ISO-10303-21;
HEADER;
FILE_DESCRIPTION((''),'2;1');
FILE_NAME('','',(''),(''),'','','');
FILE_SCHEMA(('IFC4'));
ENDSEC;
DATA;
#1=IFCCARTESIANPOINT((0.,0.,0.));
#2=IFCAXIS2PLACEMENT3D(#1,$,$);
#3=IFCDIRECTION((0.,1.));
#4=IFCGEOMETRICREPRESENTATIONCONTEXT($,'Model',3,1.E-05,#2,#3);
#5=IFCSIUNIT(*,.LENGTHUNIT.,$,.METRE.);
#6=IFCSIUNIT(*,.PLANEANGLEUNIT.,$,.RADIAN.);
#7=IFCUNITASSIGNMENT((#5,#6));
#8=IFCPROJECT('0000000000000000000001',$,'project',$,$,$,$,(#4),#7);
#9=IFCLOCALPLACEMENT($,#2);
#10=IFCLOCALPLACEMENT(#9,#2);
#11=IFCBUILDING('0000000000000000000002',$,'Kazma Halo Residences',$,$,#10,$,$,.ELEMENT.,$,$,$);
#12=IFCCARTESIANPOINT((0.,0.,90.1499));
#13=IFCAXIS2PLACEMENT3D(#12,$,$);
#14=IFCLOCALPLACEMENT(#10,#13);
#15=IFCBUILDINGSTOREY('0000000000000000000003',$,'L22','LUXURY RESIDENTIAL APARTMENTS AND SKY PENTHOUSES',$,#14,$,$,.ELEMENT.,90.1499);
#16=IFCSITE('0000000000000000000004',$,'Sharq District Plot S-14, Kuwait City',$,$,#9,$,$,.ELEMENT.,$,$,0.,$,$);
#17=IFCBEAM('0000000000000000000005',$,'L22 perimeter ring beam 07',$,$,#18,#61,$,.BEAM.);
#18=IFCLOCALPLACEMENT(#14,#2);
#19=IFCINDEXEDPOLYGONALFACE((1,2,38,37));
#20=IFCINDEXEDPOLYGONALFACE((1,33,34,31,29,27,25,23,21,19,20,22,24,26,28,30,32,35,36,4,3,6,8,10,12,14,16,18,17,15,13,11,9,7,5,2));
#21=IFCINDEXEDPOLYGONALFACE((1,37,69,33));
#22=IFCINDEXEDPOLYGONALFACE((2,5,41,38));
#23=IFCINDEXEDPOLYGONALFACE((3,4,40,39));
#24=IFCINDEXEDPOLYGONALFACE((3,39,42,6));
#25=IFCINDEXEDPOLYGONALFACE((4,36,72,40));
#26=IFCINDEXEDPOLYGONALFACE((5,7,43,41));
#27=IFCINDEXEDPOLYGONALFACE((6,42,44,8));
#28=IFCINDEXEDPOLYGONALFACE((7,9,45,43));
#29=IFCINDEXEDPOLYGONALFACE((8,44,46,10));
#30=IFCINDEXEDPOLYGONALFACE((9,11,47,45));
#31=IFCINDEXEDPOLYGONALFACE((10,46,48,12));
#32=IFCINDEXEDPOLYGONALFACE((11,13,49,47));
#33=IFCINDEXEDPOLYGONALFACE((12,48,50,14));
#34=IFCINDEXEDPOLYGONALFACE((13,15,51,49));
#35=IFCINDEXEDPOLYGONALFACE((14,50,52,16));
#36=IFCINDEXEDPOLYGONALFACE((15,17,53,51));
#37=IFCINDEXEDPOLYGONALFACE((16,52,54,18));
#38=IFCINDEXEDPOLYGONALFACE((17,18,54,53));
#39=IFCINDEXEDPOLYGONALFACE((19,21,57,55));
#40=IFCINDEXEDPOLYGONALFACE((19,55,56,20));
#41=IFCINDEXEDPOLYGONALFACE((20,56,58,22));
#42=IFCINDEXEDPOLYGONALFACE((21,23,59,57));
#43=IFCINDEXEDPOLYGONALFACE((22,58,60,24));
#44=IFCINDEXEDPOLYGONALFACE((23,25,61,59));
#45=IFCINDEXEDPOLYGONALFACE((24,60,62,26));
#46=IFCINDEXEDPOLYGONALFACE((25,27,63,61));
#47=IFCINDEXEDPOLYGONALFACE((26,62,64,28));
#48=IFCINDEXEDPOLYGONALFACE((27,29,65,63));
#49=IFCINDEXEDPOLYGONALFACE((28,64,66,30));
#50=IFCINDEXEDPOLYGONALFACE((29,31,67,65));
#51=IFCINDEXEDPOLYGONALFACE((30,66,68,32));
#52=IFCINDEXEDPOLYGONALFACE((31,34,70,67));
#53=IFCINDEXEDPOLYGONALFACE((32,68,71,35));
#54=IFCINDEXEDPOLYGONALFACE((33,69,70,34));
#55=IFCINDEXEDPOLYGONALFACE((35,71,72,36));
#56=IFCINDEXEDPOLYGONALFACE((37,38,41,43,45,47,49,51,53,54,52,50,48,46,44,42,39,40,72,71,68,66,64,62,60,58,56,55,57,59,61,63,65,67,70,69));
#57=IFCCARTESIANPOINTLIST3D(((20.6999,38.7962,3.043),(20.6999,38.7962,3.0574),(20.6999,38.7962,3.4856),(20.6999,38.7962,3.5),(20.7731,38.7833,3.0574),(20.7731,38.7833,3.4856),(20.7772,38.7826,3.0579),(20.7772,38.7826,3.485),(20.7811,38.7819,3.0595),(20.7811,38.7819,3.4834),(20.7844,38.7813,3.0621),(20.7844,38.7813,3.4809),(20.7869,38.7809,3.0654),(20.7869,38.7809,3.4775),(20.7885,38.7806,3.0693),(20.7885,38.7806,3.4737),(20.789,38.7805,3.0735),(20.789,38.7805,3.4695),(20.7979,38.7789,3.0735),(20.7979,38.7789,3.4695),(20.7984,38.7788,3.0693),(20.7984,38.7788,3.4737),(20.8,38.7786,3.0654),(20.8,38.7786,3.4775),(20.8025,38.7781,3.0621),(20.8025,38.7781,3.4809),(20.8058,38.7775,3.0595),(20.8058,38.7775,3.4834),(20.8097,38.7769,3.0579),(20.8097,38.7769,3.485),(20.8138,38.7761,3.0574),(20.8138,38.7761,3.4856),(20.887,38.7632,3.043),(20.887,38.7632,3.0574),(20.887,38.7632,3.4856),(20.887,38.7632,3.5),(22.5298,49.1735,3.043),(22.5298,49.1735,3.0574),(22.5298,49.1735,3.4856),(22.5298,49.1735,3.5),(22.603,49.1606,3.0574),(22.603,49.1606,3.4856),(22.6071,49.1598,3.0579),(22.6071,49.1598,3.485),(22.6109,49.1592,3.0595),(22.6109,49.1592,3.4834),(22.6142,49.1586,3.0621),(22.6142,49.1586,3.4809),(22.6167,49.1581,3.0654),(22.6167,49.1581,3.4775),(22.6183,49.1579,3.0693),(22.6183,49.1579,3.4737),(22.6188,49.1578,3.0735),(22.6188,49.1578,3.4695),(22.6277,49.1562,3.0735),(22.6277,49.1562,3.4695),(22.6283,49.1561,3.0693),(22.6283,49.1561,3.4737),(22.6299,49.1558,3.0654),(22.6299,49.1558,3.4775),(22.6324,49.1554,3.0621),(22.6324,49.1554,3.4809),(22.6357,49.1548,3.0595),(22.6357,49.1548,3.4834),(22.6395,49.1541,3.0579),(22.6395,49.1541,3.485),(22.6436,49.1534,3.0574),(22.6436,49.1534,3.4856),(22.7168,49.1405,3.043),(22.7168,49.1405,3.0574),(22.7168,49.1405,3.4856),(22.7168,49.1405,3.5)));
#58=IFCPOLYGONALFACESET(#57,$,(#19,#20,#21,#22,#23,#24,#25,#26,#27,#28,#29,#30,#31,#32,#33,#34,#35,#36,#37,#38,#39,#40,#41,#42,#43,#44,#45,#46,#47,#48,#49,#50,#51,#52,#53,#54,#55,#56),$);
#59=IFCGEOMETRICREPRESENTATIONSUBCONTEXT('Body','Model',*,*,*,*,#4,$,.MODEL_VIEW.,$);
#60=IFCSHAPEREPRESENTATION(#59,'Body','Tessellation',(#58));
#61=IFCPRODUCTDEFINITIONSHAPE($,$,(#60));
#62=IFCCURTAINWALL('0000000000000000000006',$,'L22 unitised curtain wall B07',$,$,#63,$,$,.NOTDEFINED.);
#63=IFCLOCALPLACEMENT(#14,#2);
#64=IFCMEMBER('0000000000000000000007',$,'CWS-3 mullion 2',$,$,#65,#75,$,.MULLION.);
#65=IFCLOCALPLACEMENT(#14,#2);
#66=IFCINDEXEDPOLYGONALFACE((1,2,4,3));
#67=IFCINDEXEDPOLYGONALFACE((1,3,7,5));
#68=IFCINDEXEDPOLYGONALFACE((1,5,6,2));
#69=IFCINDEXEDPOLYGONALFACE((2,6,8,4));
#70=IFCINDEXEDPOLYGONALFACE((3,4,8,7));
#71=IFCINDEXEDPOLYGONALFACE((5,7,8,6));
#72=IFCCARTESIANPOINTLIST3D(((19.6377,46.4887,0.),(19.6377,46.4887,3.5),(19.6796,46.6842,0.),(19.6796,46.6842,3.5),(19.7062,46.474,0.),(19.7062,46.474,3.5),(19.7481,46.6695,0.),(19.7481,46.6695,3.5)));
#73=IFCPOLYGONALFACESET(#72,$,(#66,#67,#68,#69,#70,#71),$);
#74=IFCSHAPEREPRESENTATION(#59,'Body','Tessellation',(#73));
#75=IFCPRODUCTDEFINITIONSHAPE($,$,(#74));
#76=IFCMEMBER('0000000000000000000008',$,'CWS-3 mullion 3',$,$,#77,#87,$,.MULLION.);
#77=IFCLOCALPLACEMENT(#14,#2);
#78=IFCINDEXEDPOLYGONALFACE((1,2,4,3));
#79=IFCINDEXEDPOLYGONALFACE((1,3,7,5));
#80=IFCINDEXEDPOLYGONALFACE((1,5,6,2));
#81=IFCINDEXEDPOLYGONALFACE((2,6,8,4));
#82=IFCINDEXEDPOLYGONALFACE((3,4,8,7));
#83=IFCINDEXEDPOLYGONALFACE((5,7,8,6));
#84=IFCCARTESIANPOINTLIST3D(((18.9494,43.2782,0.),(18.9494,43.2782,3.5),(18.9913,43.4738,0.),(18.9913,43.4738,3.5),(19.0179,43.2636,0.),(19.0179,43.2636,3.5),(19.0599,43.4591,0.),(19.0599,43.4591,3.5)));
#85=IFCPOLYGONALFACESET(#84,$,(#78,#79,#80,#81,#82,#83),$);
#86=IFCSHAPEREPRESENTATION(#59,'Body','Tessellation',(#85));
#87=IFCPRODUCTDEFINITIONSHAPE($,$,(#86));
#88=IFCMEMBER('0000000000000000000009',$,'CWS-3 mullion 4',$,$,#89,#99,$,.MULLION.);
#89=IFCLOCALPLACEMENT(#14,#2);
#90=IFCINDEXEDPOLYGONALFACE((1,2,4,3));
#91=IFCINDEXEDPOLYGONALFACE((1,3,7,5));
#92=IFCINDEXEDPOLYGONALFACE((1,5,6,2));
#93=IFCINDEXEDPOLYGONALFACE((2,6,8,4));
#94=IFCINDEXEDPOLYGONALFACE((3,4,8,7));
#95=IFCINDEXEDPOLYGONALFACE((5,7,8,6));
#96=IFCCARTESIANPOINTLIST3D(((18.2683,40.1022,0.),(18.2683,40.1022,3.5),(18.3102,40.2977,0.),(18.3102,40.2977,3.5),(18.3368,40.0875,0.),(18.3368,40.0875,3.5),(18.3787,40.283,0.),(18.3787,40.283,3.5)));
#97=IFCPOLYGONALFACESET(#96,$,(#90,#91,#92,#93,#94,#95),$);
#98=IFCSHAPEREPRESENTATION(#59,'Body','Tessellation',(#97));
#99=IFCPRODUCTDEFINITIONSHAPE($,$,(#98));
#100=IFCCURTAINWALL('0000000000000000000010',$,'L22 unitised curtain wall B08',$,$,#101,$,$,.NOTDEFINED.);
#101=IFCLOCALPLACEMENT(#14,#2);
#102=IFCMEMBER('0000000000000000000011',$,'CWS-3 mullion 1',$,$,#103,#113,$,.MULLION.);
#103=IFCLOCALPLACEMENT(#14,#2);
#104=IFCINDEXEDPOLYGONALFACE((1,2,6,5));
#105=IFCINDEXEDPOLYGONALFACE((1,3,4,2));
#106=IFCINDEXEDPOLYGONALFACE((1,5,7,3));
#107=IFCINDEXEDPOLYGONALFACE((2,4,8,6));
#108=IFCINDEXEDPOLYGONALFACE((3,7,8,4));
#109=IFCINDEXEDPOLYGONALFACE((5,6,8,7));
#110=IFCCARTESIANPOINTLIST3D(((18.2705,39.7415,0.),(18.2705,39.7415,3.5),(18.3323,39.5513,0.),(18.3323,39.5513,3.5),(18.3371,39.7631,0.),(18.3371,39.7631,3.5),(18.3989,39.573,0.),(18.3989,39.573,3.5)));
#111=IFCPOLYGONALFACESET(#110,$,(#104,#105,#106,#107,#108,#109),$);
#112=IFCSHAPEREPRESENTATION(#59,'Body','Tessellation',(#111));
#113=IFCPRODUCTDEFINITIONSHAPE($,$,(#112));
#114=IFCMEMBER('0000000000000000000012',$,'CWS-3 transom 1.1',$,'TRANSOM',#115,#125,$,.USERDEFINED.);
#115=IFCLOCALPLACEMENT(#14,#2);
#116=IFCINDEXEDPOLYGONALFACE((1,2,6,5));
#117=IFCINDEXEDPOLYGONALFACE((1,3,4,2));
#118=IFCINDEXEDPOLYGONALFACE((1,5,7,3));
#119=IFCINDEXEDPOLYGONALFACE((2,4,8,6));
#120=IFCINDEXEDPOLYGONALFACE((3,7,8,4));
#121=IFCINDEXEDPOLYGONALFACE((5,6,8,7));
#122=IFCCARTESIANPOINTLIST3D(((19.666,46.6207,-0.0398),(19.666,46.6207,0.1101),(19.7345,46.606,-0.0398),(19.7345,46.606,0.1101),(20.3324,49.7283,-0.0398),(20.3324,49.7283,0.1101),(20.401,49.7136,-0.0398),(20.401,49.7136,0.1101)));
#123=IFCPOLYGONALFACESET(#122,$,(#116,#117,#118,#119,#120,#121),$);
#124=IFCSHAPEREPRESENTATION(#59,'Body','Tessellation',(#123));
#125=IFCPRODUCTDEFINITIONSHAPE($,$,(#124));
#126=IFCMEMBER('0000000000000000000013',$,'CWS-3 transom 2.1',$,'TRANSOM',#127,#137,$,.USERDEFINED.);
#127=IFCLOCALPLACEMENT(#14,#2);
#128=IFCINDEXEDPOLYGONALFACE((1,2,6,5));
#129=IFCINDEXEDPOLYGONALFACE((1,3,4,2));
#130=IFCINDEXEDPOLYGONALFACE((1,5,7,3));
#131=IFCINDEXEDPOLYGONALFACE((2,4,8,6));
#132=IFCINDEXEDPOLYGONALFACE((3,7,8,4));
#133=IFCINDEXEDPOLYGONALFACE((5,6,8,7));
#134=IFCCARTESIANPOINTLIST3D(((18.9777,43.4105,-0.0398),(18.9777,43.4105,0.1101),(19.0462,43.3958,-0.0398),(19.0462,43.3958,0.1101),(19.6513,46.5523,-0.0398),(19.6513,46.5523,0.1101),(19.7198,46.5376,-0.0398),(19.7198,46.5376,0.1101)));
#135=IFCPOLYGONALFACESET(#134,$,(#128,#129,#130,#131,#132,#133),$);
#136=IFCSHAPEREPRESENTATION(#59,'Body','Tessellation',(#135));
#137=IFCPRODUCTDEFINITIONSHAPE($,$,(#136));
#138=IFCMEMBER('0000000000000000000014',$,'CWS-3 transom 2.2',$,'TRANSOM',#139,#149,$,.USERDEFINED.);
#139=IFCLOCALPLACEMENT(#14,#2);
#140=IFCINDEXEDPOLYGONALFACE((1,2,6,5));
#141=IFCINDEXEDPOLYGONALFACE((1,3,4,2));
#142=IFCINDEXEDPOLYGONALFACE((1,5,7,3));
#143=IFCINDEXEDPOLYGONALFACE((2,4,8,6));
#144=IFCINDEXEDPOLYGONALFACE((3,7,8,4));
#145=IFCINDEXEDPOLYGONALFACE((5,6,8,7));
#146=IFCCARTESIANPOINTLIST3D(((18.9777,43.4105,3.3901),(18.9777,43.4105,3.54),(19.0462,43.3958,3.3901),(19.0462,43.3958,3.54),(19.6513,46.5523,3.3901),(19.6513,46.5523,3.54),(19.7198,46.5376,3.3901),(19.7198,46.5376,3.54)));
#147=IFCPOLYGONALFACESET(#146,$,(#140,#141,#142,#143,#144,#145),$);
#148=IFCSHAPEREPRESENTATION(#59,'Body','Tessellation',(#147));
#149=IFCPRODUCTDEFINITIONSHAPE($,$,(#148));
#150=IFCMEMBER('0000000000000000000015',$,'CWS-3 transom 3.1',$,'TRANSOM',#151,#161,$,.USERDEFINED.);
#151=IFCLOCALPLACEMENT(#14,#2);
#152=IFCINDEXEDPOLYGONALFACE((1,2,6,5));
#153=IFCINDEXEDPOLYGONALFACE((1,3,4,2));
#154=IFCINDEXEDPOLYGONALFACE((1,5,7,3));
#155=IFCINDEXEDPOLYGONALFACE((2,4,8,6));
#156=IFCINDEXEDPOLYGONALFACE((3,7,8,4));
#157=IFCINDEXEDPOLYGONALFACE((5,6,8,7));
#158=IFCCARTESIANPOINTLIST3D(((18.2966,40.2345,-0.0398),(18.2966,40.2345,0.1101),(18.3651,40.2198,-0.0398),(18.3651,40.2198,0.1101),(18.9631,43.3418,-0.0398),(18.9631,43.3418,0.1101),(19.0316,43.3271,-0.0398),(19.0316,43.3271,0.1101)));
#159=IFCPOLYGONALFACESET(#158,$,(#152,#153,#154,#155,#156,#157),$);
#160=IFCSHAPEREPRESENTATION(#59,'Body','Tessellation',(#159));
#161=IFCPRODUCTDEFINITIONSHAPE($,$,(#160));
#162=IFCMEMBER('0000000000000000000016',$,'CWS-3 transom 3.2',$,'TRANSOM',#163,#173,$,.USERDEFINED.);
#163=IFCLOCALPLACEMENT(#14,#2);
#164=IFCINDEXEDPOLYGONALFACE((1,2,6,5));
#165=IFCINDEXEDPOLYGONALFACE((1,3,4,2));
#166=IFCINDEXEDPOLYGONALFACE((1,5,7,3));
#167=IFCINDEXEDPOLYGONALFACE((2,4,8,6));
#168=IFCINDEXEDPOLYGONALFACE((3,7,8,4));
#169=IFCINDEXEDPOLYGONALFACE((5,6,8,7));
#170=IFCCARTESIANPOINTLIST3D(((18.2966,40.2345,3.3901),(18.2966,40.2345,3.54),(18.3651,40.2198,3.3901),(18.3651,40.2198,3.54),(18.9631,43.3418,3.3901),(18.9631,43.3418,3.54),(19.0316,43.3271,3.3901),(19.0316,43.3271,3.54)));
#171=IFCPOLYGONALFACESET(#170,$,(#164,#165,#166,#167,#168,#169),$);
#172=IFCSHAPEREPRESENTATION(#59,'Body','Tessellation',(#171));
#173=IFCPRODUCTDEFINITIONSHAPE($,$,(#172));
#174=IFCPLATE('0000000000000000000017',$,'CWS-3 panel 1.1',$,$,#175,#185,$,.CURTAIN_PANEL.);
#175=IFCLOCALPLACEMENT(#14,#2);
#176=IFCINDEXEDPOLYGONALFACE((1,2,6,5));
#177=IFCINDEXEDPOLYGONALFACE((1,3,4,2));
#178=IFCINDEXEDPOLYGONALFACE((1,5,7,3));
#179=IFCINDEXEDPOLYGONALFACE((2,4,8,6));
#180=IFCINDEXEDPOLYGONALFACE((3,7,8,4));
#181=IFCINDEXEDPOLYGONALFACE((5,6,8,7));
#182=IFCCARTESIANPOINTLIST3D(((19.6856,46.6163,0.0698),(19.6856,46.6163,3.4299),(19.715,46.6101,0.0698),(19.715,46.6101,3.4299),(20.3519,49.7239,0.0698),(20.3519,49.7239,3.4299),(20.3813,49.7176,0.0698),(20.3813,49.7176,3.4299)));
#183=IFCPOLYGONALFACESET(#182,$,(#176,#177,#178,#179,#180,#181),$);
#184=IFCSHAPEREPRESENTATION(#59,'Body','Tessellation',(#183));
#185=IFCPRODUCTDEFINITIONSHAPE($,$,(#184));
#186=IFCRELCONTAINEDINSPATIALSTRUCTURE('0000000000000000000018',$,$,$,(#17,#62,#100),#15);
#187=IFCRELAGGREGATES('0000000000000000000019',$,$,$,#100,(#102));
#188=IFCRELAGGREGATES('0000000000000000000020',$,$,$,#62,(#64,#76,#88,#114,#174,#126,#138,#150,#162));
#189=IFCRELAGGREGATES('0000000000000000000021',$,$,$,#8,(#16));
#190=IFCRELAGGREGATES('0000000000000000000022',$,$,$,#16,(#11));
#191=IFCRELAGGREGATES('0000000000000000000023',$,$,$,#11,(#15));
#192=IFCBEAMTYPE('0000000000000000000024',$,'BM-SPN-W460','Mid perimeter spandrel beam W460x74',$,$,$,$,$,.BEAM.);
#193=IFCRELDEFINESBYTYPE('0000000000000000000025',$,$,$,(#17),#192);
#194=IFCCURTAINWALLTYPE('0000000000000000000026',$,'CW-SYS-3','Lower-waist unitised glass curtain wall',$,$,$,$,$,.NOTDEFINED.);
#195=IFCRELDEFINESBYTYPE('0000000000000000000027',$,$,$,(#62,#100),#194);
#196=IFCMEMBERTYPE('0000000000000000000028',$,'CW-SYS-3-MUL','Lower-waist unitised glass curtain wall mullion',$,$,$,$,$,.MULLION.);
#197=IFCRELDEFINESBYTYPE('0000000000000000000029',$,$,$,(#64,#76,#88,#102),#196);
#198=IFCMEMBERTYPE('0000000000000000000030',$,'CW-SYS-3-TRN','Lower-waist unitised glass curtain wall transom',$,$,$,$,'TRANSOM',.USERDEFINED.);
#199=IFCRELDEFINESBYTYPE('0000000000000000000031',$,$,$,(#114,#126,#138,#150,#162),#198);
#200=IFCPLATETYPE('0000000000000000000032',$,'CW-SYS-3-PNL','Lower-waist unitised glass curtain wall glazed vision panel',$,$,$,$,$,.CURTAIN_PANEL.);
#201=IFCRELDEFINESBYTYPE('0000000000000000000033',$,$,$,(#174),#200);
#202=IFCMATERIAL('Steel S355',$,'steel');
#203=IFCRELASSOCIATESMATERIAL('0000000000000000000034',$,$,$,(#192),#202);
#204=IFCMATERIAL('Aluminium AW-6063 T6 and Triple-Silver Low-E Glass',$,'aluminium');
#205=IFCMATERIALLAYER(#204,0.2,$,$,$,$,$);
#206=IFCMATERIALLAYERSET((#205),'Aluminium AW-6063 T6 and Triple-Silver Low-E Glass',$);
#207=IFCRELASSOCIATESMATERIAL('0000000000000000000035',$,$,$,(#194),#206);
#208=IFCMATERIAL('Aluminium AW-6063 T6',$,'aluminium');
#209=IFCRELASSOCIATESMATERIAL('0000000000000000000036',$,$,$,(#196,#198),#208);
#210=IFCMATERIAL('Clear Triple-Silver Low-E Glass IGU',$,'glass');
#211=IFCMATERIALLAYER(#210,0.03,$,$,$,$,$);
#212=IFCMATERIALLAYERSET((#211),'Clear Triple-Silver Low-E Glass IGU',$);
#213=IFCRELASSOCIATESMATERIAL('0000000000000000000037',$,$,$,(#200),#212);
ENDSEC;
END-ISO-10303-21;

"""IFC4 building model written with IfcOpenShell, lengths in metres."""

from ifc_helpers import new_model, si_unit, direction, frame, origin, origin_2d, place, context, subcontext, project, spatial, rectangle, i_section, extrude, material, layer, layer_set, material_profile, profile_set, type_object, element, aggregate, save


model = new_model("IFC4")

# Units and contexts
model_context = context("Model", 3, precision=1e-05, world=origin(), true_north=direction((0.0, 1.0)))
body_context = subcontext(model_context, "Body", "Model", "MODEL_VIEW")
ifc_project = project(units=[si_unit("LENGTHUNIT", "METRE"), si_unit("PLANEANGLEUNIT", "RADIAN")], contexts=[model_context])

# Site, building, storey
site_placement = place(None, origin())
site = spatial("IfcSite", under=ifc_project, at=site_placement, Name="Sharq District Plot S-14, Kuwait City", CompositionType="ELEMENT", RefElevation=0.0)
building_placement = place(site_placement, origin())
building = spatial("IfcBuilding", under=site, at=building_placement, Name="Kazma Halo Residences", CompositionType="ELEMENT")
storey_placement = place(building_placement, frame((0.0, 0.0, 90.1499)))
storey = spatial("IfcBuildingStorey", under=building, at=storey_placement, Name="L22", Description="LUXURY RESIDENTIAL APARTMENTS AND SKY PENTHOUSES", CompositionType="ELEMENT", Elevation=90.1499)

# Beam
ifc_material_1 = material(Name="Steel S355", Category="steel")
ifc_material_profile_1 = material_profile(ifc_material_1, i_section(OverallWidth=0.1899, OverallDepth=0.457, WebThickness=0.009, FlangeThickness=0.0144, FilletRadius=0.0161, at=origin_2d()), Name="W460x74")
ifc_profile_set_1 = profile_set([ifc_material_profile_1], Name="Steel S355")
beam_type_1 = type_object("IfcBeamType", Name="BM-SPN-W460", Description="Mid perimeter spandrel beam W460x74", PredefinedType="BEAM", material=ifc_profile_set_1)
beam_1_placement = place(storey_placement, frame((22.6233, 49.157, 3.2715), z_axis=(-0.173653, -0.984807, 0.0), x_axis=(0.984807, -0.173653, 0.0)))
element("IfcBeam", 1, at=beam_1_placement, inside=storey, type_object=beam_type_1, Name="L22 perimeter ring beam 07", PredefinedType="BEAM", context=body_context, shape_type="SweptSolid", body=[
    extrude(i_section(OverallWidth=0.1899, OverallDepth=0.457, WebThickness=0.009, FlangeThickness=0.0144, FilletRadius=0.0161, at=origin_2d()), origin(), (0.0, 0.0, 1.0), 10.5374),
])

# Curtain wall, members
ifc_material_2 = material(Name="Aluminium AW-6063 T6 and Triple-Silver Low-E Glass", Category="aluminium")
ifc_layer_1 = layer(ifc_material_2, 0.2)
ifc_layer_set_1 = layer_set([ifc_layer_1], Name="Aluminium AW-6063 T6 and Triple-Silver Low-E Glass")
curtain_wall_type = type_object("IfcCurtainWallType", Name="CW-SYS-3", Description="Lower-waist unitised glass curtain wall", PredefinedType="NOTDEFINED", material=ifc_layer_set_1)
curtain_wall_1_placement = place(storey_placement, origin())
curtain_wall_1 = element("IfcCurtainWall", 2, at=curtain_wall_1_placement, inside=storey, type_object=curtain_wall_type, Name="L22 unitised curtain wall B07", PredefinedType="NOTDEFINED")
ifc_material_3 = material(Name="Aluminium AW-6063 T6", Category="aluminium")
ifc_material_profile_2 = material_profile(ifc_material_3, rectangle(XDim=0.0701, YDim=0.2, at=origin_2d()), Name="CWM-70x200")
ifc_profile_set_2 = profile_set([ifc_material_profile_2], Name="Aluminium AW-6063 T6")
member_type_1 = type_object("IfcMemberType", Name="CW-SYS-3-MUL", Description="Lower-waist unitised glass curtain wall mullion", PredefinedType="MULLION", material=ifc_profile_set_2)
member_1_placement = place(storey_placement, frame((19.6929, 46.5791, 0.0), z_axis=(0.0, 0.0, 1.0), x_axis=(0.977774, -0.209661, 0.0)))
member_1 = element("IfcMember", 3, at=member_1_placement, type_object=member_type_1, Name="CWS-3 mullion 2", PredefinedType="MULLION", context=body_context, shape_type="SweptSolid", body=[
    extrude(rectangle(XDim=0.0701, YDim=0.2, at=origin_2d()), origin(), (0.0, 0.0, 1.0), 3.5),
])
member_2_placement = place(storey_placement, frame((19.0046, 43.3687, 0.0), z_axis=(0.0, 0.0, 1.0), x_axis=(0.977774, -0.209661, 0.0)))
member_2 = element("IfcMember", 4, at=member_2_placement, type_object=member_type_1, Name="CWS-3 mullion 3", PredefinedType="MULLION", context=body_context, shape_type="SweptSolid", body=[
    extrude(rectangle(XDim=0.0701, YDim=0.2, at=origin_2d()), origin(), (0.0, 0.0, 1.0), 3.5),
])
member_3_placement = place(storey_placement, frame((18.3235, 40.1926, 0.0), z_axis=(0.0, 0.0, 1.0), x_axis=(0.977774, -0.209661, 0.0)))
member_3 = element("IfcMember", 5, at=member_3_placement, type_object=member_type_1, Name="CWS-3 mullion 4", PredefinedType="MULLION", context=body_context, shape_type="SweptSolid", body=[
    extrude(rectangle(XDim=0.0701, YDim=0.2, at=origin_2d()), origin(), (0.0, 0.0, 1.0), 3.5),
])

# Curtain wall, member
curtain_wall_2_placement = place(storey_placement, origin())
curtain_wall_2 = element("IfcCurtainWall", 6, at=curtain_wall_2_placement, inside=storey, type_object=curtain_wall_type, Name="L22 unitised curtain wall B08", PredefinedType="NOTDEFINED")
member_4_placement = place(storey_placement, frame((18.3347, 39.6572, 0.0), z_axis=(0.0, 0.0, 1.0), x_axis=(0.951058, 0.309013, 0.0)))
member_4 = element("IfcMember", 7, at=member_4_placement, type_object=member_type_1, Name="CWS-3 mullion 1", PredefinedType="MULLION", context=body_context, shape_type="SweptSolid", body=[
    extrude(rectangle(XDim=0.0701, YDim=0.2, at=origin_2d()), origin(), (0.0, 0.0, 1.0), 3.5),
])
aggregate(curtain_wall_2, [member_4])

# Members
ifc_material_profile_3 = material_profile(ifc_material_3, rectangle(XDim=0.0701, YDim=0.1499, at=origin_2d()), Name="CWT-70x150")
ifc_profile_set_3 = profile_set([ifc_material_profile_3], Name="Aluminium AW-6063 T6")
member_type_2 = type_object("IfcMemberType", Name="CW-SYS-3-TRN", Description="Lower-waist unitised glass curtain wall transom", ElementType="TRANSOM", PredefinedType="USERDEFINED", material=ifc_profile_set_3)
member_5_placement = place(storey_placement, frame((20.3667, 49.7209, 0.0352), z_axis=(-0.209702, -0.977765, 0.0), x_axis=(0.977765, -0.209702, 0.0)))
member_5 = element("IfcMember", 8, at=member_5_placement, type_object=member_type_2, Name="CWS-3 transom 1.1", ObjectType="TRANSOM", PredefinedType="USERDEFINED", context=body_context, shape_type="SweptSolid", body=[
    extrude(rectangle(XDim=0.0701, YDim=0.1499, at=origin_2d()), origin(), (0.0, 0.0, 1.0), 3.1782),
])
member_6_placement = place(storey_placement, frame((19.6855, 46.5449, 0.0352), z_axis=(-0.209628, -0.977781, 0.0), x_axis=(0.977781, -0.209628, 0.0)))
member_6 = element("IfcMember", 9, at=member_6_placement, type_object=member_type_2, Name="CWS-3 transom 2.1", ObjectType="TRANSOM", PredefinedType="USERDEFINED", context=body_context, shape_type="SweptSolid", body=[
    extrude(rectangle(XDim=0.0701, YDim=0.1499, at=origin_2d()), origin(), (0.0, 0.0, 1.0), 3.2131),
])
member_7_placement = place(storey_placement, frame((19.6855, 46.5449, 3.4651), z_axis=(-0.209628, -0.977781, 0.0), x_axis=(0.977781, -0.209628, 0.0)))
member_7 = element("IfcMember", 10, at=member_7_placement, type_object=member_type_2, Name="CWS-3 transom 2.2", ObjectType="TRANSOM", PredefinedType="USERDEFINED", context=body_context, shape_type="SweptSolid", body=[
    extrude(rectangle(XDim=0.0701, YDim=0.1499, at=origin_2d()), origin(), (0.0, 0.0, 1.0), 3.2131),
])
member_8_placement = place(storey_placement, frame((18.9973, 43.3345, 0.0352), z_axis=(-0.209718, -0.977762, 0.0), x_axis=(0.977762, -0.209718, 0.0)))
member_8 = element("IfcMember", 11, at=member_8_placement, type_object=member_type_2, Name="CWS-3 transom 3.1", ObjectType="TRANSOM", PredefinedType="USERDEFINED", context=body_context, shape_type="SweptSolid", body=[
    extrude(rectangle(XDim=0.0701, YDim=0.1499, at=origin_2d()), origin(), (0.0, 0.0, 1.0), 3.178),
])
member_9_placement = place(storey_placement, frame((18.9973, 43.3345, 3.4651), z_axis=(-0.209718, -0.977762, 0.0), x_axis=(0.977762, -0.209718, 0.0)))
member_9 = element("IfcMember", 12, at=member_9_placement, type_object=member_type_2, Name="CWS-3 transom 3.2", ObjectType="TRANSOM", PredefinedType="USERDEFINED", context=body_context, shape_type="SweptSolid", body=[
    extrude(rectangle(XDim=0.0701, YDim=0.1499, at=origin_2d()), origin(), (0.0, 0.0, 1.0), 3.178),
])

# Plate
ifc_material_4 = material(Name="Clear Triple-Silver Low-E Glass IGU", Category="glass")
ifc_layer_2 = layer(ifc_material_4, 0.03)
ifc_layer_set_2 = layer_set([ifc_layer_2], Name="Clear Triple-Silver Low-E Glass IGU")
plate_type = type_object("IfcPlateType", Name="CW-SYS-3-PNL", Description="Lower-waist unitised glass curtain wall glazed vision panel", PredefinedType="CURTAIN_PANEL", material=ifc_layer_set_2)
plate_1_placement = place(storey_placement, frame((20.0334, 48.167, 0.0698), z_axis=(0.0, 0.0, 1.0), x_axis=(-0.209661, -0.977774, 0.0)))
plate_1 = element("IfcPlate", 13, at=plate_1_placement, type_object=plate_type, Name="CWS-3 panel 1.1", PredefinedType="CURTAIN_PANEL", context=body_context, shape_type="SweptSolid", body=[
    extrude(rectangle(XDim=3.1782, YDim=0.03, at=origin_2d()), origin(), (0.0, 0.0, 1.0), 3.3601),
])
aggregate(curtain_wall_1, [member_1, member_2, member_3, member_5, plate_1, member_6, member_7, member_8, member_9])

save(model, "model.ifc")
